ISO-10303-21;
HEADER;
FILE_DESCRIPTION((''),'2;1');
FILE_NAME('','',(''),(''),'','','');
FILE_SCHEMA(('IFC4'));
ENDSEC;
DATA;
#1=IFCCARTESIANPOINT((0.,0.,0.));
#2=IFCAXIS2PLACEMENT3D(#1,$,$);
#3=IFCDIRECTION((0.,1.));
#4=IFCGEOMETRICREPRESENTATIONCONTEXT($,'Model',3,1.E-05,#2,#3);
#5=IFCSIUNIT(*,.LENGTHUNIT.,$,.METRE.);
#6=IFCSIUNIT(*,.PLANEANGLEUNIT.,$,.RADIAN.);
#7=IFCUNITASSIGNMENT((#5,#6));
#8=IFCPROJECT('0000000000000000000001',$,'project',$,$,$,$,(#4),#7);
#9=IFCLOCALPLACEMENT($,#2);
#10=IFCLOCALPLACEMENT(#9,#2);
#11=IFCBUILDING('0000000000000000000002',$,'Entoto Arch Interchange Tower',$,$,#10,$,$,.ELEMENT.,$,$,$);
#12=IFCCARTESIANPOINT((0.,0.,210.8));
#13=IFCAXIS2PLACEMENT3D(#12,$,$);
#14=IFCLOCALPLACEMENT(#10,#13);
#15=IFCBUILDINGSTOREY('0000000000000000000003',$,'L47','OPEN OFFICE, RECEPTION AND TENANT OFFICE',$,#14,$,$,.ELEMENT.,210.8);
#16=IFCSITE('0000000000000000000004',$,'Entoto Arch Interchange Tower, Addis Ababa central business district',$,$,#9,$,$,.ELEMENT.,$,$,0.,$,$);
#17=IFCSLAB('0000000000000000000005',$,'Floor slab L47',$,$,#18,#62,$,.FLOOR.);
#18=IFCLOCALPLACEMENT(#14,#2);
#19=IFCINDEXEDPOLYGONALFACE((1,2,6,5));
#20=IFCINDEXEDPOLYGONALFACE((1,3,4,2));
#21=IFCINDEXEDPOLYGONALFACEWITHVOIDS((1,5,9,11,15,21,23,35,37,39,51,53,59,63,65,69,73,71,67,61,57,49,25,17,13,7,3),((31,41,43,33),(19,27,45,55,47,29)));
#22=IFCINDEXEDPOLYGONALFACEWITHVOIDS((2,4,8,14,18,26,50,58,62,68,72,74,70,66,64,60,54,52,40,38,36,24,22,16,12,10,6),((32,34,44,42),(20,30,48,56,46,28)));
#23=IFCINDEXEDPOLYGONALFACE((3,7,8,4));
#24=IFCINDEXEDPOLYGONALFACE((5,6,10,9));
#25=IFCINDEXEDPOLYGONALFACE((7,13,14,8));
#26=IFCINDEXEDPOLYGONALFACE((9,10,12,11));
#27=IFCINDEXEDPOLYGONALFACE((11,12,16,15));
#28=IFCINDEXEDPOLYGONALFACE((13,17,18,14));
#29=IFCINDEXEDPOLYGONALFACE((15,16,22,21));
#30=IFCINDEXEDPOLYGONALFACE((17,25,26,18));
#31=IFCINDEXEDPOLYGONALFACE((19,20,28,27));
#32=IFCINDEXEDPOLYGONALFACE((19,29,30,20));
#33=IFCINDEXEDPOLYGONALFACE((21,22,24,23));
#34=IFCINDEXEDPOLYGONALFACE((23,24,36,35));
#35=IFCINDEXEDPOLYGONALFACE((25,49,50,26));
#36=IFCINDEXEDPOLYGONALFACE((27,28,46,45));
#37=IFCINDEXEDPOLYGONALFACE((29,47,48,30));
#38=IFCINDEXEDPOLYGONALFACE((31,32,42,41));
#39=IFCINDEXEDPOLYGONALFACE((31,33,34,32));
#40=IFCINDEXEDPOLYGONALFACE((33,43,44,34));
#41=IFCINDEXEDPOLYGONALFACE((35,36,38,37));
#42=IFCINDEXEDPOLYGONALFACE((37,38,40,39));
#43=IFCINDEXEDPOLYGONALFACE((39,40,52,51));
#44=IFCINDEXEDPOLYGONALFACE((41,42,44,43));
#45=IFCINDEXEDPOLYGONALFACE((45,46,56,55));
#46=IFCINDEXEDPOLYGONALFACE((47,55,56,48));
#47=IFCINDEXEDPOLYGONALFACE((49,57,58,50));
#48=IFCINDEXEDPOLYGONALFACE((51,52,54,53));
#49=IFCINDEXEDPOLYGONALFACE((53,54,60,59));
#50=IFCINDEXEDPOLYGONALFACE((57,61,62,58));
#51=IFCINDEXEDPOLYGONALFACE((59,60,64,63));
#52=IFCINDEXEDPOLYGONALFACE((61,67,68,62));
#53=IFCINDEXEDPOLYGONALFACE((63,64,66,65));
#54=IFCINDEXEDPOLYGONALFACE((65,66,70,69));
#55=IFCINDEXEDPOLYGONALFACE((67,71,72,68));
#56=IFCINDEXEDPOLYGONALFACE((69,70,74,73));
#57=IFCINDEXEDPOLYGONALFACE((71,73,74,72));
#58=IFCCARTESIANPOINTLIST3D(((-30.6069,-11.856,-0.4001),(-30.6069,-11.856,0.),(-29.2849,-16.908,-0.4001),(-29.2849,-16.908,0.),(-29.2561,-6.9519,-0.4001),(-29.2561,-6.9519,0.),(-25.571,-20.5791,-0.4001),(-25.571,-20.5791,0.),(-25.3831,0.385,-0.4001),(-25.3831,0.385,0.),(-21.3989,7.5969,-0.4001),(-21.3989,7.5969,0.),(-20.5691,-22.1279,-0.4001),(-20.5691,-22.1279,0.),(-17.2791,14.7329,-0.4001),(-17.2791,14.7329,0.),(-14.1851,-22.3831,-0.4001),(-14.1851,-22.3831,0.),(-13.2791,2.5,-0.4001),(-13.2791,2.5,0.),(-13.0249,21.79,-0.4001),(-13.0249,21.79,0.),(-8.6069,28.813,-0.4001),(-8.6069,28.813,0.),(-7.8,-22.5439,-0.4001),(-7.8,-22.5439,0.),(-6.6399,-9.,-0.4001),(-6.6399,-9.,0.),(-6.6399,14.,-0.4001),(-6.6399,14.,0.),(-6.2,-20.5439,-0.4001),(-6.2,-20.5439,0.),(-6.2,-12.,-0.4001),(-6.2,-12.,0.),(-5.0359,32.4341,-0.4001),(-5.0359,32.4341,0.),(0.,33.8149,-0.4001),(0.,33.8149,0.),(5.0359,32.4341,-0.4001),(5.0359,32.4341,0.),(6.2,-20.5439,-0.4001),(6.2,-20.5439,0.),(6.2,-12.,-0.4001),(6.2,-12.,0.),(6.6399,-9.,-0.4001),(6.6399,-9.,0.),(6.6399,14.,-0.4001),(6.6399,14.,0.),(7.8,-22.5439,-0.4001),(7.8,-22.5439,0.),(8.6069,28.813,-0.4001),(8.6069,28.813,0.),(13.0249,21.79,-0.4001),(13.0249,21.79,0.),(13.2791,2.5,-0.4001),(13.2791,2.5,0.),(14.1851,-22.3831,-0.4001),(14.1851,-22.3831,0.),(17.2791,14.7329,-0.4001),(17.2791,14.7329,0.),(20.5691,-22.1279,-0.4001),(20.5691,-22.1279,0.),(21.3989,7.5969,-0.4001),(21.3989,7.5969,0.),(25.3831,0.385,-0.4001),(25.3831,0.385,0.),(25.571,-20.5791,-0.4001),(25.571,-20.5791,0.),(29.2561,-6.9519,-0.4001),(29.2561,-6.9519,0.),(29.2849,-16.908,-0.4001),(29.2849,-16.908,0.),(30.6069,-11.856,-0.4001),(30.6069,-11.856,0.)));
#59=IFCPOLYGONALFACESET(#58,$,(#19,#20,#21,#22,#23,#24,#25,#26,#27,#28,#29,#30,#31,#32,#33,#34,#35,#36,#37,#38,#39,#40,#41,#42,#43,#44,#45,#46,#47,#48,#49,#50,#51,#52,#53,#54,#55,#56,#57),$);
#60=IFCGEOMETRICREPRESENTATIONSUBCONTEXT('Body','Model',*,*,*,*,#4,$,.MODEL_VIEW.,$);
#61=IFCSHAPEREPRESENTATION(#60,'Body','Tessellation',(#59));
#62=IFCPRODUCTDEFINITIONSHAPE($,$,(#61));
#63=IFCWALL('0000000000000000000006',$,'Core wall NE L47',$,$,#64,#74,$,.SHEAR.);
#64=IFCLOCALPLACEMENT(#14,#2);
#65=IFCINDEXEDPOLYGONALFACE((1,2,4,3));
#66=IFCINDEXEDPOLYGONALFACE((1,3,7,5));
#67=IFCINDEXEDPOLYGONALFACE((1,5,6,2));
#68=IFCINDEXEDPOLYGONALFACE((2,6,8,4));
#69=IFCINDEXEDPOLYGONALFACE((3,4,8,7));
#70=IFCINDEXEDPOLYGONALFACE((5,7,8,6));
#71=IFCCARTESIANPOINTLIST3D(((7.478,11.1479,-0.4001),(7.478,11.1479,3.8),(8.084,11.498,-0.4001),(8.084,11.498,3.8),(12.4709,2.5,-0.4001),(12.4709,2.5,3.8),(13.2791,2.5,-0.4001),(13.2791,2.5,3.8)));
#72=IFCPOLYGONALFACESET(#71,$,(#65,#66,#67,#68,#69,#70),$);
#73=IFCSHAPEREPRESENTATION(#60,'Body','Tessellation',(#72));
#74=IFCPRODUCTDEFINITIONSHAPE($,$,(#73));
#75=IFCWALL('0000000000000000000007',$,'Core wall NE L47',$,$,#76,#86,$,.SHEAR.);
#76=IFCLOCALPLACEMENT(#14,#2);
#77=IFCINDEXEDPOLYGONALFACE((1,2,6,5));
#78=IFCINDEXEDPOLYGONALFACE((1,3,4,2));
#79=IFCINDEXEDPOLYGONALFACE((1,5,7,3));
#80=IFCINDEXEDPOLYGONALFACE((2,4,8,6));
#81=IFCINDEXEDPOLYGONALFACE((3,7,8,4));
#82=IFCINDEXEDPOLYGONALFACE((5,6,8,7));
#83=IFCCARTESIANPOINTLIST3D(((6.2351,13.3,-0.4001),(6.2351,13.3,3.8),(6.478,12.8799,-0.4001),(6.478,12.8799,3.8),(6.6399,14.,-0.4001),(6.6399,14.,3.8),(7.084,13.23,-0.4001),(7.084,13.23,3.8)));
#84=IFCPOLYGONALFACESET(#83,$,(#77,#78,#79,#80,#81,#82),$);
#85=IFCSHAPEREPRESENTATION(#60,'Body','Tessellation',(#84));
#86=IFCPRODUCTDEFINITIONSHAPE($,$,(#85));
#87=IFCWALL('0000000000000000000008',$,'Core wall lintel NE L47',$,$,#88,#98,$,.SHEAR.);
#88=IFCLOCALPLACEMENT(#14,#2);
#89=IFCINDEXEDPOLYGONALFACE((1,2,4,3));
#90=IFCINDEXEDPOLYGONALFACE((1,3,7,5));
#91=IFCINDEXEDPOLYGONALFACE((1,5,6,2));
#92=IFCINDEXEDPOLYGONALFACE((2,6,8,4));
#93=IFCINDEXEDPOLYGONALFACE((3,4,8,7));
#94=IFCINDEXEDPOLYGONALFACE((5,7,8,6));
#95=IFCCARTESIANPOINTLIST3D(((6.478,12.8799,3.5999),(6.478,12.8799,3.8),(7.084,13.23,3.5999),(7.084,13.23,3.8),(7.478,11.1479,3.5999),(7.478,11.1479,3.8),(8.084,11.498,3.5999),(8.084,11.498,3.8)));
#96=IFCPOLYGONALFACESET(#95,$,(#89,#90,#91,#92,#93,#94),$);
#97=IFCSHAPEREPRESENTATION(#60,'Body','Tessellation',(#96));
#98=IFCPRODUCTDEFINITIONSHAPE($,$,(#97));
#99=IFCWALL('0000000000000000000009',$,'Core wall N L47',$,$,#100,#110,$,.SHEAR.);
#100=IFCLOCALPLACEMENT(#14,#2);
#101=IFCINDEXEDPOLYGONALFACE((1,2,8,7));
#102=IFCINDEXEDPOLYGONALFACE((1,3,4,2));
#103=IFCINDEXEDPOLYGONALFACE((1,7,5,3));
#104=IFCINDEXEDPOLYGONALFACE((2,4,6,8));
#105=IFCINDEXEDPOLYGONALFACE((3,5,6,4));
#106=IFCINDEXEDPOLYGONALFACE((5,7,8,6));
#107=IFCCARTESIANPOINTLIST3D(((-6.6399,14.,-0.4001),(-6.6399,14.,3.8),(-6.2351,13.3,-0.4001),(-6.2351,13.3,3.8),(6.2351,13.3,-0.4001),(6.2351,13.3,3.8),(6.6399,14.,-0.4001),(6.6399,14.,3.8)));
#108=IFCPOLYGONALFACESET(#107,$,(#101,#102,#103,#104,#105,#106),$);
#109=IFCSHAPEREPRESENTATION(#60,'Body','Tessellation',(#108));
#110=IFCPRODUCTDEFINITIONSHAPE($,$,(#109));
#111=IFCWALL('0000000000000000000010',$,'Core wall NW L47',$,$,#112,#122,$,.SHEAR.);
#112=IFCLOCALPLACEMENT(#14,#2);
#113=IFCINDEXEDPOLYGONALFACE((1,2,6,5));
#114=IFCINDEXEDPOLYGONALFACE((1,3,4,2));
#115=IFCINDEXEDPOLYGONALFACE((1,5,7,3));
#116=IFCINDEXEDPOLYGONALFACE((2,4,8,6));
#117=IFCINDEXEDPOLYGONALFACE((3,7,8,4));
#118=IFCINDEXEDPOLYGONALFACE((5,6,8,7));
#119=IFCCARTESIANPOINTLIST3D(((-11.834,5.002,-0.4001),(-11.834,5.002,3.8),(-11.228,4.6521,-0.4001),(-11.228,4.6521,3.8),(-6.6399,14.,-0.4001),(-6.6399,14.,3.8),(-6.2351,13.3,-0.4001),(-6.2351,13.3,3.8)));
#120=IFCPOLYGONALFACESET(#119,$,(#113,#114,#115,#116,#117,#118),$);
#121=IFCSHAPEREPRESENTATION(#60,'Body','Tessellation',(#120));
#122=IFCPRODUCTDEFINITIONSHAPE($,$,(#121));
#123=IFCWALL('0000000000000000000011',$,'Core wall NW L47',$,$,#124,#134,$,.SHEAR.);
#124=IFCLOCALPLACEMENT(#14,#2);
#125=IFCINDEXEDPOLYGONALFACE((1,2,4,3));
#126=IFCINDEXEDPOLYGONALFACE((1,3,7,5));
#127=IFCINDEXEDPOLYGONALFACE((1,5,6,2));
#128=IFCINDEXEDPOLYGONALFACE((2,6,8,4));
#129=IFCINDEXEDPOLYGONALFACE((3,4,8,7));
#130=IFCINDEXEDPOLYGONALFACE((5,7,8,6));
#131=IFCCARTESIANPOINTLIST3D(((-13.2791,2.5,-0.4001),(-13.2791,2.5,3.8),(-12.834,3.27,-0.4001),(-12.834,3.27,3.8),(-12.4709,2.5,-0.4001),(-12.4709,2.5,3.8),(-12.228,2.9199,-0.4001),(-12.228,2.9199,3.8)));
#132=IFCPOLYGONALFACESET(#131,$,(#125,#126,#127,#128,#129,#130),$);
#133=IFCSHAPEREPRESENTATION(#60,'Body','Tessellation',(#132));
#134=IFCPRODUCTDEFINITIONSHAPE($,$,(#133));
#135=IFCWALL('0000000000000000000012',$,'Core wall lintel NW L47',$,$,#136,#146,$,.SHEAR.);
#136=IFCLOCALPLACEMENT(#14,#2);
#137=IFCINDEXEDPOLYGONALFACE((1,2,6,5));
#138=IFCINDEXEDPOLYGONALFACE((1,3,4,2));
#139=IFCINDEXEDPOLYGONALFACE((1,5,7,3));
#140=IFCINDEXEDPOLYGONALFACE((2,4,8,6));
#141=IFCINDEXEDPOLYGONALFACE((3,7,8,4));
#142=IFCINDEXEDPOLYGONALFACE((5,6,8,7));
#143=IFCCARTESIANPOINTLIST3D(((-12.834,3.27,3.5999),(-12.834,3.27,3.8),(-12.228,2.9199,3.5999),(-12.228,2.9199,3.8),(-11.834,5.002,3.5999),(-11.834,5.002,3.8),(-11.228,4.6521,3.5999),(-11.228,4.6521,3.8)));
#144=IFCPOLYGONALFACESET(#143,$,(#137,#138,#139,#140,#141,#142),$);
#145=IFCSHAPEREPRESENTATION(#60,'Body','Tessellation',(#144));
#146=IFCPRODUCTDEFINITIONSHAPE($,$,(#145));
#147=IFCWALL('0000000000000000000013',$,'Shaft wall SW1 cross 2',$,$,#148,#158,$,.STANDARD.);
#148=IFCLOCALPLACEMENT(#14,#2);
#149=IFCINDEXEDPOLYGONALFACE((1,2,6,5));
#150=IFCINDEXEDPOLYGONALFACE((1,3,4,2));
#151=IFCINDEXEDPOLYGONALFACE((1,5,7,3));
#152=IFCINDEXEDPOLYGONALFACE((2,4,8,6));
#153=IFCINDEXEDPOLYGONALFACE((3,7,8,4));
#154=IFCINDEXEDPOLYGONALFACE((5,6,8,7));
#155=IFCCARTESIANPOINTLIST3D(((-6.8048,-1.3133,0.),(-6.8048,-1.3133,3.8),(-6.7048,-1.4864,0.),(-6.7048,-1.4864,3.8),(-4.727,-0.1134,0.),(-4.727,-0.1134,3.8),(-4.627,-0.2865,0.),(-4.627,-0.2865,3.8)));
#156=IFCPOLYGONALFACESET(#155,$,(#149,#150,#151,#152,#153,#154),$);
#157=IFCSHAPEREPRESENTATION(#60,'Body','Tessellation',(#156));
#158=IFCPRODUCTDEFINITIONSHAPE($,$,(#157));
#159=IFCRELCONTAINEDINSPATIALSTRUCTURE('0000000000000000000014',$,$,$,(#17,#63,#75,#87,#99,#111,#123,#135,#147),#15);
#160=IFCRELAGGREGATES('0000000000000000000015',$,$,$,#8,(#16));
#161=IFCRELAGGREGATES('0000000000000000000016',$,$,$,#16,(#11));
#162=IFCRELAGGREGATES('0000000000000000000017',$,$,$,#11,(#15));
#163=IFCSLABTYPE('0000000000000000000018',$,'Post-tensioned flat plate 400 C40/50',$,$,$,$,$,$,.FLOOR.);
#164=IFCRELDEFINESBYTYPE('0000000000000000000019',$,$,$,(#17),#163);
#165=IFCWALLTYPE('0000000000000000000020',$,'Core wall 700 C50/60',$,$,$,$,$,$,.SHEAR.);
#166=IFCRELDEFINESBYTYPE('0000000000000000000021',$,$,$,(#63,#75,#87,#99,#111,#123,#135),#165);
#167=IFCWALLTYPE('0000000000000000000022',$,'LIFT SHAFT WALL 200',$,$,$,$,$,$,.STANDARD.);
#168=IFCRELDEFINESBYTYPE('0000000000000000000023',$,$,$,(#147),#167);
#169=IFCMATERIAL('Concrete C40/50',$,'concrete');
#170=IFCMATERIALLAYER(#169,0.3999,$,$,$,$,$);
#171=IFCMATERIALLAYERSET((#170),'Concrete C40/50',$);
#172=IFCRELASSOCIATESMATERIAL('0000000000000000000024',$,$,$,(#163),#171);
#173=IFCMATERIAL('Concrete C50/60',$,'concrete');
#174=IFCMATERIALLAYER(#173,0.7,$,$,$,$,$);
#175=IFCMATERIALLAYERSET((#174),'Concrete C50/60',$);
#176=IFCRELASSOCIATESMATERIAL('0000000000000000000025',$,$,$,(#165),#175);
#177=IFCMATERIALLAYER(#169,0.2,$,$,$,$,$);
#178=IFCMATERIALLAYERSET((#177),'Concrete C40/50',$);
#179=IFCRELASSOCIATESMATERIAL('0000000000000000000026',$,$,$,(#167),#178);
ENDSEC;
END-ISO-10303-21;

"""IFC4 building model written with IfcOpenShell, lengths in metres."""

from ifc_helpers import new_model, si_unit, direction, frame, frame_2d, origin, place, context, subcontext, project, spatial, polyline, rectangle, outline, extrude, material, layer, layer_set, type_object, element, save


model = new_model("IFC4")

# Units and contexts
model_context = context("Model", 3, precision=1e-05, world=origin(), true_north=direction((0.0, 1.0)))
body_context = subcontext(model_context, "Body", "Model", "MODEL_VIEW")
ifc_project = project(units=[si_unit("LENGTHUNIT", "METRE"), si_unit("PLANEANGLEUNIT", "RADIAN")], contexts=[model_context])

# Site, building, storey
site_placement = place(None, origin())
site = spatial("IfcSite", under=ifc_project, at=site_placement, Name="Entoto Arch Interchange Tower, Addis Ababa central business district", CompositionType="ELEMENT", RefElevation=0.0)
building_placement = place(site_placement, origin())
building = spatial("IfcBuilding", under=site, at=building_placement, Name="Entoto Arch Interchange Tower", CompositionType="ELEMENT")
storey_placement = place(building_placement, frame((0.0, 0.0, 210.8)))
storey = spatial("IfcBuildingStorey", under=building, at=storey_placement, Name="L47", Description="OPEN OFFICE, RECEPTION AND TENANT OFFICE", CompositionType="ELEMENT", Elevation=210.8)

# Slab
ifc_material_1 = material(Name="Concrete C40/50", Category="concrete")
ifc_layer_1 = layer(ifc_material_1, 0.3999)
ifc_layer_set_1 = layer_set([ifc_layer_1], Name="Concrete C40/50")
slab_type = type_object("IfcSlabType", Name="Post-tensioned flat plate 400 C40/50", PredefinedType="FLOOR", material=ifc_layer_set_1)
slab_placement = place(storey_placement, frame((0.0, 0.0, -0.4001)))
element("IfcSlab", 1, at=slab_placement, inside=storey, type_object=slab_type, Name="Floor slab L47", PredefinedType="FLOOR", context=body_context, shape_type="SweptSolid", body=[
    extrude(outline(polyline([(-20.5691, -22.1279), (-14.1851, -22.3831), (-7.8, -22.5439), (7.8, -22.5439), (14.1851, -22.3831), (20.5691, -22.1279), (25.571, -20.5791), (29.2849, -16.908), (30.6069, -11.856), (29.2561, -6.9519), (25.3831, 0.385), (21.3989, 7.5969), (17.2791, 14.7329), (13.0249, 21.79), (8.6069, 28.813), (5.0359, 32.4341), (0.0, 33.8149), (-5.0359, 32.4341), (-8.6069, 28.813), (-13.0249, 21.79), (-17.2791, 14.7329), (-21.3989, 7.5969), (-25.3831, 0.385), (-29.2561, -6.9519), (-30.6069, -11.856), (-29.2849, -16.908), (-25.571, -20.5791), (-20.5691, -22.1279)]), holes=[polyline([(6.2, -20.5439), (6.2, -12.0), (-6.2, -12.0), (-6.2, -20.5439), (6.2, -20.5439)]), polyline([(13.2791, 2.5), (6.6399, 14.0), (-6.6399, 14.0), (-13.2791, 2.5), (-6.6399, -9.0), (6.6399, -9.0), (13.2791, 2.5)])]), origin(), (0.0, 0.0, 1.0), 0.4001),
])

# Walls
ifc_material_2 = material(Name="Concrete C50/60", Category="concrete")
ifc_layer_2 = layer(ifc_material_2, 0.7)
ifc_layer_set_2 = layer_set([ifc_layer_2], Name="Concrete C50/60")
wall_type_1 = type_object("IfcWallType", Name="Core wall 700 C50/60", PredefinedType="SHEAR", material=ifc_layer_set_2)
wall_1_placement = place(storey_placement, frame((0.0, 0.0, -0.4001)))
element("IfcWall", 2, at=wall_1_placement, inside=storey, type_object=wall_type_1, Name="Core wall NE L47", PredefinedType="SHEAR", context=body_context, shape_type="SweptSolid", body=[
    extrude(outline(polyline([(8.084, 11.498), (7.478, 11.1479), (12.4709, 2.5), (13.2791, 2.5), (8.084, 11.498)])), origin(), (0.0, 0.0, 1.0), 4.2002),
])
wall_2_placement = place(storey_placement, frame((0.0, 0.0, -0.4001)))
element("IfcWall", 3, at=wall_2_placement, inside=storey, type_object=wall_type_1, Name="Core wall NE L47", PredefinedType="SHEAR", context=body_context, shape_type="SweptSolid", body=[
    extrude(outline(polyline([(6.478, 12.8799), (7.084, 13.23), (6.6399, 14.0), (6.2351, 13.3), (6.478, 12.8799)])), origin(), (0.0, 0.0, 1.0), 4.2002),
])
wall_3_placement = place(storey_placement, frame((0.0, 0.0, 3.5999)))
element("IfcWall", 4, at=wall_3_placement, inside=storey, type_object=wall_type_1, Name="Core wall lintel NE L47", PredefinedType="SHEAR", context=body_context, shape_type="SweptSolid", body=[
    extrude(outline(polyline([(7.084, 13.23), (6.478, 12.8799), (7.478, 11.1479), (8.084, 11.498), (7.084, 13.23)])), origin(), (0.0, 0.0, 1.0), 0.2002),
])
wall_4_placement = place(storey_placement, frame((0.0, 0.0, -0.4001)))
element("IfcWall", 5, at=wall_4_placement, inside=storey, type_object=wall_type_1, Name="Core wall N L47", PredefinedType="SHEAR", context=body_context, shape_type="SweptSolid", body=[
    extrude(outline(polyline([(6.6399, 14.0), (-6.6399, 14.0), (-6.2351, 13.3), (6.2351, 13.3), (6.6399, 14.0)])), origin(), (0.0, 0.0, 1.0), 4.2002),
])
wall_5_placement = place(storey_placement, frame((0.0, 0.0, -0.4001)))
element("IfcWall", 6, at=wall_5_placement, inside=storey, type_object=wall_type_1, Name="Core wall NW L47", PredefinedType="SHEAR", context=body_context, shape_type="SweptSolid", body=[
    extrude(outline(polyline([(-11.834, 5.002), (-11.228, 4.6521), (-6.2351, 13.3), (-6.6399, 14.0), (-11.834, 5.002)])), origin(), (0.0, 0.0, 1.0), 4.2002),
])
wall_6_placement = place(storey_placement, frame((0.0, 0.0, -0.4001)))
element("IfcWall", 7, at=wall_6_placement, inside=storey, type_object=wall_type_1, Name="Core wall NW L47", PredefinedType="SHEAR", context=body_context, shape_type="SweptSolid", body=[
    extrude(outline(polyline([(-12.228, 2.9199), (-12.834, 3.27), (-13.2791, 2.5), (-12.4709, 2.5), (-12.228, 2.9199)])), origin(), (0.0, 0.0, 1.0), 4.2002),
])
wall_7_placement = place(storey_placement, frame((0.0, 0.0, 3.5999)))
element("IfcWall", 8, at=wall_7_placement, inside=storey, type_object=wall_type_1, Name="Core wall lintel NW L47", PredefinedType="SHEAR", context=body_context, shape_type="SweptSolid", body=[
    extrude(outline(polyline([(-12.834, 3.27), (-12.228, 2.9199), (-11.228, 4.6521), (-11.834, 5.002), (-12.834, 3.27)])), origin(), (0.0, 0.0, 1.0), 0.2002),
])
ifc_layer_3 = layer(ifc_material_1, 0.2)
ifc_layer_set_3 = layer_set([ifc_layer_3], Name="Concrete C40/50")
wall_type_2 = type_object("IfcWallType", Name="LIFT SHAFT WALL 200", PredefinedType="STANDARD", material=ifc_layer_set_3)
wall_8_placement = place(storey_placement, frame((-4.677, -0.2, 0.0), z_axis=(0.0, 0.0, 1.0), x_axis=(-0.865974, -0.500089, 0.0)))
element("IfcWall", 9, at=wall_8_placement, inside=storey, type_object=wall_type_2, Name="Shaft wall SW1 cross 2", PredefinedType="STANDARD", context=body_context, shape_type="SweptSolid", body=[
    extrude(rectangle(XDim=2.3994, YDim=0.2, at=frame_2d((1.1997, 0.0))), origin(), (0.0, 0.0, 1.0), 3.8),
])

save(model, "model.ifc")
